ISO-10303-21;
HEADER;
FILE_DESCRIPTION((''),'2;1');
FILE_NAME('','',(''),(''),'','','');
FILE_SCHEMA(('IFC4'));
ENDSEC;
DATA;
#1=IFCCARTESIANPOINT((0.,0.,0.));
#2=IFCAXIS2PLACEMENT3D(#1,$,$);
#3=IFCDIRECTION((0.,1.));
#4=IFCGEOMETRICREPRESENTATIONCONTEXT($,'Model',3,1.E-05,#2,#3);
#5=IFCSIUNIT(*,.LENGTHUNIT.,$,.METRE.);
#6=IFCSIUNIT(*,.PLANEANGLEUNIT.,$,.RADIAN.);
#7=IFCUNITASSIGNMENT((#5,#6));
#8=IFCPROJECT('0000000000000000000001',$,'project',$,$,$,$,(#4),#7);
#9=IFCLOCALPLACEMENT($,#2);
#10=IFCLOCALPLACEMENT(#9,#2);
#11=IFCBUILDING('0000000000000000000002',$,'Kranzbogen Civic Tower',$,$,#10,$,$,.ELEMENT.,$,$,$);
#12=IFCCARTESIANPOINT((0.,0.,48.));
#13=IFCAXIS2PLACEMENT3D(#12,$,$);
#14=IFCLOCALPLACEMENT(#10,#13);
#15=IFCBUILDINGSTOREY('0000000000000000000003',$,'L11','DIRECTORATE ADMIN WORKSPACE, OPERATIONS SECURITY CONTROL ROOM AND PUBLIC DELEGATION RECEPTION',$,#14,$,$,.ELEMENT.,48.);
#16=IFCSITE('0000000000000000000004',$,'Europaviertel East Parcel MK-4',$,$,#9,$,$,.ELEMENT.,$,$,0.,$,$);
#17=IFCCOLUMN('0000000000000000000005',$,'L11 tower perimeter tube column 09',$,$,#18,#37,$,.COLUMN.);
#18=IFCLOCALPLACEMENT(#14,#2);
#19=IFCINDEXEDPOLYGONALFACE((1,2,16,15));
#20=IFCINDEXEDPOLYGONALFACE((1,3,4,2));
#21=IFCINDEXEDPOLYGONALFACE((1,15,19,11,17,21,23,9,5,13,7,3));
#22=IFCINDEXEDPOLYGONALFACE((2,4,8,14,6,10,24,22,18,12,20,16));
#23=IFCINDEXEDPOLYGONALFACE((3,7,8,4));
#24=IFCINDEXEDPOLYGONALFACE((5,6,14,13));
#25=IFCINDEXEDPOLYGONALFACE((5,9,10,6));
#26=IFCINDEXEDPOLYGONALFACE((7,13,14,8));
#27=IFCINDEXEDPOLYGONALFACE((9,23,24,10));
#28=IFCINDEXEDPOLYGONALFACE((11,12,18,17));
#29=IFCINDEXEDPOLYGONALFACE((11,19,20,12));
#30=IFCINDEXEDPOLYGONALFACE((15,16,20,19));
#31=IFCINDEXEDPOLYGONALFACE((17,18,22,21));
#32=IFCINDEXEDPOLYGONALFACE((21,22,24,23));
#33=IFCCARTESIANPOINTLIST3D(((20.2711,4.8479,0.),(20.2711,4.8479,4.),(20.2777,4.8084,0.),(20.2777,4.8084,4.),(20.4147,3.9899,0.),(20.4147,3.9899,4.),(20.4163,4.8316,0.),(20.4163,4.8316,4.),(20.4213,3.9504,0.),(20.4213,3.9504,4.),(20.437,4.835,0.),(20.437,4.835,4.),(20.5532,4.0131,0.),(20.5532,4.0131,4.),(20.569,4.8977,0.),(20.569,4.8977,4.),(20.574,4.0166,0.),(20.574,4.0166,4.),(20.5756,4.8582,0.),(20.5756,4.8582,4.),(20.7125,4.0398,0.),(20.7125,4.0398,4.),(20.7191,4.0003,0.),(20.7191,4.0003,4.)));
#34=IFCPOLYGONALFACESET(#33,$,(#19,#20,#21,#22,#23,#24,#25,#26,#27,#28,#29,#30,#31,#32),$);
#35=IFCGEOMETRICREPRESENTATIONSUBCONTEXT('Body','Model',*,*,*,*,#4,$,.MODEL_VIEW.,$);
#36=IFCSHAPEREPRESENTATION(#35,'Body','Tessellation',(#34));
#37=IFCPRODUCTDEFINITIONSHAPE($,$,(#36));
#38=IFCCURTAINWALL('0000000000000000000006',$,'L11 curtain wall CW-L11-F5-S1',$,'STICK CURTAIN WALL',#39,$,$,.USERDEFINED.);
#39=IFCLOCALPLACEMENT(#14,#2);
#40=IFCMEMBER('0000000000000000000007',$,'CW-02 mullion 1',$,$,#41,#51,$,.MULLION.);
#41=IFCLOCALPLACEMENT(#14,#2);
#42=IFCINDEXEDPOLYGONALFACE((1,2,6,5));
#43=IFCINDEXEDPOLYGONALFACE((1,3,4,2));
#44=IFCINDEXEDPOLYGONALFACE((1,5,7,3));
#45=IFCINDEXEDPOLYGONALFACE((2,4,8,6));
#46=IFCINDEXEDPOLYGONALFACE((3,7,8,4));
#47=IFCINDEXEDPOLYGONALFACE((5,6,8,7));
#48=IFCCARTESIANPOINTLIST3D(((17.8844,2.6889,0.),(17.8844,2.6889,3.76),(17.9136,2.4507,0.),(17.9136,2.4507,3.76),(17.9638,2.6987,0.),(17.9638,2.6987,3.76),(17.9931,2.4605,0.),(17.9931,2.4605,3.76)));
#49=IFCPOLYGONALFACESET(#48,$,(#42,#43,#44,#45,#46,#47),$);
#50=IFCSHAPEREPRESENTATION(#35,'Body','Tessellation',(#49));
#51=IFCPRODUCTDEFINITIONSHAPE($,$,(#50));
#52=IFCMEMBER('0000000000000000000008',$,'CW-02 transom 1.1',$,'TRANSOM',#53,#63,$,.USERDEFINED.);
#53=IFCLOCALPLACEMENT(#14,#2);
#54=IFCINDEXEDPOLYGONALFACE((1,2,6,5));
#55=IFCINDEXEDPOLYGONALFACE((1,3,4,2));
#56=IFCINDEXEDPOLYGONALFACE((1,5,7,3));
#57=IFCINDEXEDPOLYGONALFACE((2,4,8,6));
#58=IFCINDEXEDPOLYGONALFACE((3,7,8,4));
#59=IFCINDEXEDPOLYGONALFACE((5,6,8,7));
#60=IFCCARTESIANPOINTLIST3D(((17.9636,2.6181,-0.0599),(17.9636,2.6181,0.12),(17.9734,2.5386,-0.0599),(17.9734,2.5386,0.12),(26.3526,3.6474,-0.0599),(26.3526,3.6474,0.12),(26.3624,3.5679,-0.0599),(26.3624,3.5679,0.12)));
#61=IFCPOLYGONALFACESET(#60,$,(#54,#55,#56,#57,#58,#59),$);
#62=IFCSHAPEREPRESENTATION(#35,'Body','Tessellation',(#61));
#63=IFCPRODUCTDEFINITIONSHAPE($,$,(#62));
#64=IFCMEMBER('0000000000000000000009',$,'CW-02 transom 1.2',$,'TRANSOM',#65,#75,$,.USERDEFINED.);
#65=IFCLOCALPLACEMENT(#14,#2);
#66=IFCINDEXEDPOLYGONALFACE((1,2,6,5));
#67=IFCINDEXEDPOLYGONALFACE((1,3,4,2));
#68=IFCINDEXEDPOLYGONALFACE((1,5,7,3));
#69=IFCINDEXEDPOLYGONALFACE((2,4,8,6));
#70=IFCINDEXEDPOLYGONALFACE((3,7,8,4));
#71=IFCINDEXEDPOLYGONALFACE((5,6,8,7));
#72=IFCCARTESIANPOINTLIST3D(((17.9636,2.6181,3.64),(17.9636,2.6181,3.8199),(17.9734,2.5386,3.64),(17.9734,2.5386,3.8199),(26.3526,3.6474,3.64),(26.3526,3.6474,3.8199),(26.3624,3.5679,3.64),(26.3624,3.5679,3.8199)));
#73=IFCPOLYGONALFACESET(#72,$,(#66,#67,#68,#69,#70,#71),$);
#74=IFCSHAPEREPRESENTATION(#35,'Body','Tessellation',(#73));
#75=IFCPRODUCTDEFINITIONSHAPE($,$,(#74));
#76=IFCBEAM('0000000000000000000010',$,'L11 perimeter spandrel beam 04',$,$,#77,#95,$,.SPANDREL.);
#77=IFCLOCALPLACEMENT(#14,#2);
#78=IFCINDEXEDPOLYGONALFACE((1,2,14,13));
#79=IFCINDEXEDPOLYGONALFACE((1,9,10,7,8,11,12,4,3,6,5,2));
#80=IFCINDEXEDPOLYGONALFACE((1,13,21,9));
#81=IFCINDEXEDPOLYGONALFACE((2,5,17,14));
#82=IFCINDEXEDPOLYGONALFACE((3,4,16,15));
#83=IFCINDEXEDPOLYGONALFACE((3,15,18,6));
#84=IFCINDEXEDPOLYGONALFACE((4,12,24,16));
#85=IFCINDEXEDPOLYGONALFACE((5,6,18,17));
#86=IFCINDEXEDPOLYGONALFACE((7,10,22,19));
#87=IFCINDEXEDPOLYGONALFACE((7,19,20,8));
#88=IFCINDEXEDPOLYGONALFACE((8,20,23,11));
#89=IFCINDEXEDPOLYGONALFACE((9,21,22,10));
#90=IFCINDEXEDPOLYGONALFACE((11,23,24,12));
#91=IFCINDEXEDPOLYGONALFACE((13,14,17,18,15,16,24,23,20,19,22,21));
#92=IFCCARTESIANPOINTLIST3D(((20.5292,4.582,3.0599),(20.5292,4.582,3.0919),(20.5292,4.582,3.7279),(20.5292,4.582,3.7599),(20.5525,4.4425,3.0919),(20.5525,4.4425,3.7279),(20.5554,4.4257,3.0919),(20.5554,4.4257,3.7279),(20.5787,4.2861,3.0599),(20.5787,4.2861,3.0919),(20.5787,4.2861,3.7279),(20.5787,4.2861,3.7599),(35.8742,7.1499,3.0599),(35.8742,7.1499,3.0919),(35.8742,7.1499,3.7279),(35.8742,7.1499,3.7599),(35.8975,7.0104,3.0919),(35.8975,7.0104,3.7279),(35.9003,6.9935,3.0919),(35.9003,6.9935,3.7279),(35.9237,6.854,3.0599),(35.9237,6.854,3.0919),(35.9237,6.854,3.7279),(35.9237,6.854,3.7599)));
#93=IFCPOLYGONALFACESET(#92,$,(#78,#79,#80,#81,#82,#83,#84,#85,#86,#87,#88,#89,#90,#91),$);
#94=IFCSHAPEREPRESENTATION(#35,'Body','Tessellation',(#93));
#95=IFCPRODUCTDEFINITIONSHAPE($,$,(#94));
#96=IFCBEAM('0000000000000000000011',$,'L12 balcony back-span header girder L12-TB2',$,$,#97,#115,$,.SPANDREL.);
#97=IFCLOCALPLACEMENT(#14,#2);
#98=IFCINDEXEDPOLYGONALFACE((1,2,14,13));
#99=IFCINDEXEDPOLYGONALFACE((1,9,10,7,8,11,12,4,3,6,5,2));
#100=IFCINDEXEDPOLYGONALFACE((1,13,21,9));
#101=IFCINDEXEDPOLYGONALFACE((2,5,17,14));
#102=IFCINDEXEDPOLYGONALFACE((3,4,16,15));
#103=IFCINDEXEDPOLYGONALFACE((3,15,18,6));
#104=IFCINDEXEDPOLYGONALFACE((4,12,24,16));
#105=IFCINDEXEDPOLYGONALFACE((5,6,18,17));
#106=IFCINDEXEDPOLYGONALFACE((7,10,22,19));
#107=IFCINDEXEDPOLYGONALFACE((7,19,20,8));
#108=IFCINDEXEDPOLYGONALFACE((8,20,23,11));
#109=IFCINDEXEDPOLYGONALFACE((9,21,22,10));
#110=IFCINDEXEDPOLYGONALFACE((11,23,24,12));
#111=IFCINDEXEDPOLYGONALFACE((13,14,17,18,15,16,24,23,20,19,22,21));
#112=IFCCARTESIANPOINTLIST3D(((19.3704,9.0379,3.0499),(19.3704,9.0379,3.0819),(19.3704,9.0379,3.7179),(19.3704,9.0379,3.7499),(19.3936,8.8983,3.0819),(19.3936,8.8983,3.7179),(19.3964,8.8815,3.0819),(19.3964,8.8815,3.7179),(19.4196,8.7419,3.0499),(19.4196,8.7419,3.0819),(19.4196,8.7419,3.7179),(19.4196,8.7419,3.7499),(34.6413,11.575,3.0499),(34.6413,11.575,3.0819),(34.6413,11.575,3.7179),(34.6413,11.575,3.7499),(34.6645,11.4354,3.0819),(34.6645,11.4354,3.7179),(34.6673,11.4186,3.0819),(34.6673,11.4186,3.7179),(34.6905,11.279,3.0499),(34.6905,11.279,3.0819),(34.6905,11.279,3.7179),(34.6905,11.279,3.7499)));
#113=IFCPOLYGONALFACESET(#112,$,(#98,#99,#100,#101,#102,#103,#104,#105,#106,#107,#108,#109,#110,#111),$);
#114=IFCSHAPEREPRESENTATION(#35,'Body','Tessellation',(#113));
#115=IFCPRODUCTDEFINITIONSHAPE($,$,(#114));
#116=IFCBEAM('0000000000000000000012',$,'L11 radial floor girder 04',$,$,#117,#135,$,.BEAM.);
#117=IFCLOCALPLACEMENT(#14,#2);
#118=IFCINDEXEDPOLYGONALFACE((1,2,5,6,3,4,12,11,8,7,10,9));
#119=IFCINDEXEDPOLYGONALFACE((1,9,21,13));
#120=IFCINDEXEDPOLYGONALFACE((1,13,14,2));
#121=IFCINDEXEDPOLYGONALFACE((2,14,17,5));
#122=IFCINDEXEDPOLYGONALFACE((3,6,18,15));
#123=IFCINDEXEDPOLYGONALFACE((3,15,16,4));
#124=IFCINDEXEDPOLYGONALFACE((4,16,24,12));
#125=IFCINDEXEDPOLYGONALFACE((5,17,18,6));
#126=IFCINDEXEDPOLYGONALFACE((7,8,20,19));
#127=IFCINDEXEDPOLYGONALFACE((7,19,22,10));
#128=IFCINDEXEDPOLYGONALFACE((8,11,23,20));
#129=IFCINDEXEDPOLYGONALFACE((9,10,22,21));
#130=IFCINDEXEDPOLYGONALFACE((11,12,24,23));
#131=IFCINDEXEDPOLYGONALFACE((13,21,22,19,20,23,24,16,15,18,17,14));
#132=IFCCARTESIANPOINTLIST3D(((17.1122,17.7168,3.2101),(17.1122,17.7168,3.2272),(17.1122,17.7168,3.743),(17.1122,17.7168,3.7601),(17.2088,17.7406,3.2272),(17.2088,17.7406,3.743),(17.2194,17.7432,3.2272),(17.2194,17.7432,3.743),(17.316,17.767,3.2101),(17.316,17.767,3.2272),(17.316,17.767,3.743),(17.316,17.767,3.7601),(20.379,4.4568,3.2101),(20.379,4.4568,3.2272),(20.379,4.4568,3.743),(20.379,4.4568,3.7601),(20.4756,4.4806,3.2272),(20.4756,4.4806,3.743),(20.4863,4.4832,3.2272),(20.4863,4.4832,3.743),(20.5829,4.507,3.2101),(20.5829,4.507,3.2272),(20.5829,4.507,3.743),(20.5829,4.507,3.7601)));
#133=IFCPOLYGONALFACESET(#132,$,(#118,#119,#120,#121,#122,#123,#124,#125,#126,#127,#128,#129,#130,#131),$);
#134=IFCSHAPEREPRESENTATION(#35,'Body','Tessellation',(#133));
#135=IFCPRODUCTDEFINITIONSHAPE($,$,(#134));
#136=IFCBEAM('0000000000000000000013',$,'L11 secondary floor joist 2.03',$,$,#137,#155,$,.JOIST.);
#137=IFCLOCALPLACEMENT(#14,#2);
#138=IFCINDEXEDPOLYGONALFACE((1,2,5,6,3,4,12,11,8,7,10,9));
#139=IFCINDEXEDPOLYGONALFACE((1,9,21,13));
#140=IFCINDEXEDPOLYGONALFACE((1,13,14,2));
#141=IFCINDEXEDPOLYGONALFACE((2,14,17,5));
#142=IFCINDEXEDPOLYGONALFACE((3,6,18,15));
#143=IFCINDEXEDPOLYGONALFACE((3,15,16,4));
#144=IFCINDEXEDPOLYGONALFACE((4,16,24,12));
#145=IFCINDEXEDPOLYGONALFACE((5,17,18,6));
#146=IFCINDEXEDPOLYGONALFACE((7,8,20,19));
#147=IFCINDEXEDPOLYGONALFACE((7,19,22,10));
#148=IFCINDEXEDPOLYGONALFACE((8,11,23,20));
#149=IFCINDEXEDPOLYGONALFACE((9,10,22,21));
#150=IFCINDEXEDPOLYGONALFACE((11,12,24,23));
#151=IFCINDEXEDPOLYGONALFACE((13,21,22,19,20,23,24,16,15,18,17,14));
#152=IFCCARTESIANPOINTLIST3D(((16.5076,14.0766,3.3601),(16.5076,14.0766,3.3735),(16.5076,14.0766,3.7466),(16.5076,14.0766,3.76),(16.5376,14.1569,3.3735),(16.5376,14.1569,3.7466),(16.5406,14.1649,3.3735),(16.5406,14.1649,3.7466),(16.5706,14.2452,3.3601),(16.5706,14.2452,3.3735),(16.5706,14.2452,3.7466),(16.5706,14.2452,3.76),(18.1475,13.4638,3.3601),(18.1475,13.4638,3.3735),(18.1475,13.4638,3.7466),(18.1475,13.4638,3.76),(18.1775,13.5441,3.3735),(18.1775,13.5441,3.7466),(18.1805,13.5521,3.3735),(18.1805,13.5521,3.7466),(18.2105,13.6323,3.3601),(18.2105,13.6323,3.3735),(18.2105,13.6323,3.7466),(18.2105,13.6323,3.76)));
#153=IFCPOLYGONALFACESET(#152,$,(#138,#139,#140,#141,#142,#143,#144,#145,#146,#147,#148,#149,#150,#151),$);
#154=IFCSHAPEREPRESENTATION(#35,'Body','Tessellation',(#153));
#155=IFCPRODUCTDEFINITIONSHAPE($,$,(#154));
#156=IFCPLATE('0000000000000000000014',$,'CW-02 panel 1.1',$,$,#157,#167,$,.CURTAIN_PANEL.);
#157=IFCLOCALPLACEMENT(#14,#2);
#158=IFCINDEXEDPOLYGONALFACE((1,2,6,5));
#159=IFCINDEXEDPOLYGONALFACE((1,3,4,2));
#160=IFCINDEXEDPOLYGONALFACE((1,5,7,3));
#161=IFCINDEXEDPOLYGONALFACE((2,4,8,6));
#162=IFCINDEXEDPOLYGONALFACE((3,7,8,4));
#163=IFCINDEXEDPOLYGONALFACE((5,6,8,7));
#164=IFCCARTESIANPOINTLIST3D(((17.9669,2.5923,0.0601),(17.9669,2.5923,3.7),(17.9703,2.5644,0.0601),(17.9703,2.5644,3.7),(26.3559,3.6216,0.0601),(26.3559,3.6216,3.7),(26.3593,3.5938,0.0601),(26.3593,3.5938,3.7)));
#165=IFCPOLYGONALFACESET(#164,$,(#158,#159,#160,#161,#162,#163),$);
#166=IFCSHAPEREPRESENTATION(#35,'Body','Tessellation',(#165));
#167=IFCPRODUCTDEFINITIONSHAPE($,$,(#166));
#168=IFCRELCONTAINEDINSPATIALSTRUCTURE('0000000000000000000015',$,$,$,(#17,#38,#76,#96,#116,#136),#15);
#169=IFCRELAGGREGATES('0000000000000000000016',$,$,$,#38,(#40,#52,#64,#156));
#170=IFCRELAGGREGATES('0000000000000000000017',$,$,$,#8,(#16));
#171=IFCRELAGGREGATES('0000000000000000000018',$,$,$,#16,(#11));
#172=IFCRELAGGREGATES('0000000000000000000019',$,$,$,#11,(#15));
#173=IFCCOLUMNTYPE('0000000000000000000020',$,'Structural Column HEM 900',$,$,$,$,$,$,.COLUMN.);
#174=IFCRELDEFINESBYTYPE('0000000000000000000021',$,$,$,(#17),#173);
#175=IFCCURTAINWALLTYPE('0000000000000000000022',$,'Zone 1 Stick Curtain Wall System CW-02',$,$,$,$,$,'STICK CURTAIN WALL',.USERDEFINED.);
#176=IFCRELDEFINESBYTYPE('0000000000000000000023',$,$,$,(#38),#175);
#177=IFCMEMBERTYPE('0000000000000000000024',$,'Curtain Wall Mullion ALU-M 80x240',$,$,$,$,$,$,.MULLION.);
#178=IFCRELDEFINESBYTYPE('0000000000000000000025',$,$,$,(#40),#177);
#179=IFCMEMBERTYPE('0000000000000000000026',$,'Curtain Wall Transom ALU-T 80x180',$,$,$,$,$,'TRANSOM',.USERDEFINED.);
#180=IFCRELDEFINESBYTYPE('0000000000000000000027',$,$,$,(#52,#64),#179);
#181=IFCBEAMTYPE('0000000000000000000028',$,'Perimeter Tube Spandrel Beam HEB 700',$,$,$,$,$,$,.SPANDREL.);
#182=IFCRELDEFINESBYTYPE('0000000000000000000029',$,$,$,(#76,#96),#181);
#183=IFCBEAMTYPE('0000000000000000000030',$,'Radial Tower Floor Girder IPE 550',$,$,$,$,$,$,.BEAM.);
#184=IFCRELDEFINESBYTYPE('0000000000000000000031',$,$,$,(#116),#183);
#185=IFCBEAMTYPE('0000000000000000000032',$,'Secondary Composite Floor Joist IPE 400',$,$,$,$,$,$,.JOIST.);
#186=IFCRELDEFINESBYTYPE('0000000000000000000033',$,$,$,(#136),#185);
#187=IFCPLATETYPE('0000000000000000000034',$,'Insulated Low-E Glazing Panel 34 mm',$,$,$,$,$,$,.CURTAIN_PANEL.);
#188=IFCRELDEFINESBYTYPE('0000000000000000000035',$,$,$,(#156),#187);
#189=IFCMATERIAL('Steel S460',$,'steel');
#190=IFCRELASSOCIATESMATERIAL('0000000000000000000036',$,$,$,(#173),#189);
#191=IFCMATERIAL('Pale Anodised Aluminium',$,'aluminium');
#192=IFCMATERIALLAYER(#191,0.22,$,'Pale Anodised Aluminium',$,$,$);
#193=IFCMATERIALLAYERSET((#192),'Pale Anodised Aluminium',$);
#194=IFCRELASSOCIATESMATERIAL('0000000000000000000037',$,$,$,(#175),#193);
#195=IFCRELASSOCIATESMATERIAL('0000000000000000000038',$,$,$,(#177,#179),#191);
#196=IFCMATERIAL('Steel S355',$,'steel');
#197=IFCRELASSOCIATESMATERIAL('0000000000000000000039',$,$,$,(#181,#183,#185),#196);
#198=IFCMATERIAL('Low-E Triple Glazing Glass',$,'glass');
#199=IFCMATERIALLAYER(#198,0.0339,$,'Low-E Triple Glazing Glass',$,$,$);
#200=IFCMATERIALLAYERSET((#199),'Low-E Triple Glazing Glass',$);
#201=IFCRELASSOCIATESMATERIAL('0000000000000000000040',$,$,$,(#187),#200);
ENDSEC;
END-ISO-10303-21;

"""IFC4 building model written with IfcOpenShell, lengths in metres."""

from ifc_helpers import new_model, si_unit, direction, frame, origin, origin_2d, place, context, subcontext, project, spatial, rectangle, i_section, extrude, material, layer, layer_set, material_profile, profile_set, type_object, element, aggregate, save


model = new_model("IFC4")

# Units and contexts
model_context = context("Model", 3, precision=1e-05, world=origin(), true_north=direction((0.0, 1.0)))
body_context = subcontext(model_context, "Body", "Model", "MODEL_VIEW")
ifc_project = project(units=[si_unit("LENGTHUNIT", "METRE"), si_unit("PLANEANGLEUNIT", "RADIAN")], contexts=[model_context])

# Site, building, storey
site_placement = place(None, origin())
site = spatial("IfcSite", under=ifc_project, at=site_placement, Name="Europaviertel East Parcel MK-4", CompositionType="ELEMENT", RefElevation=0.0)
building_placement = place(site_placement, origin())
building = spatial("IfcBuilding", under=site, at=building_placement, Name="Kranzbogen Civic Tower", CompositionType="ELEMENT")
storey_placement = place(building_placement, frame((0.0, 0.0, 48.0)))
storey = spatial("IfcBuildingStorey", under=building, at=storey_placement, Name="L11", Description="DIRECTORATE ADMIN WORKSPACE, OPERATIONS SECURITY CONTROL ROOM AND PUBLIC DELEGATION RECEPTION", CompositionType="ELEMENT", Elevation=48.0)

# Column
ifc_material_1 = material(Name="Steel S460", Category="steel")
ifc_material_profile_1 = material_profile(ifc_material_1, i_section(OverallWidth=0.302, OverallDepth=0.9099, WebThickness=0.021, FlangeThickness=0.04, at=origin_2d()), Name="HEM 900")
ifc_profile_set_1 = profile_set([ifc_material_profile_1], Name="Steel S460")
column_type = type_object("IfcColumnType", Name="Structural Column HEM 900", PredefinedType="COLUMN", material=ifc_profile_set_1)
column_placement = place(storey_placement, frame((20.4951, 4.4241, 0.0), z_axis=(0.0, 0.0, 1.0), x_axis=(0.986286, 0.165048, 0.0)))
element("IfcColumn", 1, at=column_placement, inside=storey, type_object=column_type, Name="L11 tower perimeter tube column 09", PredefinedType="COLUMN", context=body_context, shape_type="SweptSolid", body=[
    extrude(i_section(OverallWidth=0.302, OverallDepth=0.9099, WebThickness=0.021, FlangeThickness=0.04, at=origin_2d()), origin(), (0.0, 0.0, 1.0), 4.0),
])

# Curtain wall, members
ifc_material_2 = material(Name="Pale Anodised Aluminium", Category="aluminium")
ifc_layer_1 = layer(ifc_material_2, 0.22, Name="Pale Anodised Aluminium")
ifc_layer_set_1 = layer_set([ifc_layer_1], Name="Pale Anodised Aluminium")
curtain_wall_type = type_object("IfcCurtainWallType", Name="Zone 1 Stick Curtain Wall System CW-02", ElementType="STICK CURTAIN WALL", PredefinedType="USERDEFINED", material=ifc_layer_set_1)
curtain_wall_placement = place(storey_placement, origin())
curtain_wall = element("IfcCurtainWall", 2, at=curtain_wall_placement, inside=storey, type_object=curtain_wall_type, Name="L11 curtain wall CW-L11-F5-S1", ObjectType="STICK CURTAIN WALL", PredefinedType="USERDEFINED")
ifc_material_profile_2 = material_profile(ifc_material_2, rectangle(XDim=0.0801, YDim=0.24, at=origin_2d()), Name="ALU-M 80x240")
ifc_profile_set_2 = profile_set([ifc_material_profile_2], Name="Pale Anodised Aluminium")
member_type_1 = type_object("IfcMemberType", Name="Curtain Wall Mullion ALU-M 80x240", PredefinedType="MULLION", material=ifc_profile_set_2)
member_1_placement = place(storey_placement, frame((17.9387, 2.5747, 0.0), z_axis=(0.0, 0.0, 1.0), x_axis=(0.992555, 0.121795, 0.0)))
member_1 = element("IfcMember", 3, at=member_1_placement, type_object=member_type_1, Name="CW-02 mullion 1", PredefinedType="MULLION", context=body_context, shape_type="SweptSolid", body=[
    extrude(rectangle(XDim=0.0801, YDim=0.24, at=origin_2d()), origin(), (0.0, 0.0, 1.0), 3.76),
])
ifc_material_profile_3 = material_profile(ifc_material_2, rectangle(XDim=0.0801, YDim=0.1799, at=origin_2d()), Name="ALU-T 80x180")
ifc_profile_set_3 = profile_set([ifc_material_profile_3], Name="Pale Anodised Aluminium")
member_type_2 = type_object("IfcMemberType", Name="Curtain Wall Transom ALU-T 80x180", ElementType="TRANSOM", PredefinedType="USERDEFINED", material=ifc_profile_set_3)
member_2_placement = place(storey_placement, frame((17.9685, 2.5784, 0.03), z_axis=(0.992557, 0.121784, 0.0), x_axis=(-0.121784, 0.992557, 0.0)))
member_2 = element("IfcMember", 4, at=member_2_placement, type_object=member_type_2, Name="CW-02 transom 1.1", ObjectType="TRANSOM", PredefinedType="USERDEFINED", context=body_context, shape_type="SweptSolid", body=[
    extrude(rectangle(XDim=0.0801, YDim=0.1799, at=origin_2d()), origin(), (0.0, 0.0, 1.0), 8.4519),
])
member_3_placement = place(storey_placement, frame((17.9685, 2.5784, 3.73), z_axis=(0.992557, 0.121784, 0.0), x_axis=(-0.121784, 0.992557, 0.0)))
member_3 = element("IfcMember", 5, at=member_3_placement, type_object=member_type_2, Name="CW-02 transom 1.2", ObjectType="TRANSOM", PredefinedType="USERDEFINED", context=body_context, shape_type="SweptSolid", body=[
    extrude(rectangle(XDim=0.0801, YDim=0.1799, at=origin_2d()), origin(), (0.0, 0.0, 1.0), 8.4519),
])

# Beams
ifc_material_3 = material(Name="Steel S355", Category="steel")
ifc_material_profile_4 = material_profile(ifc_material_3, i_section(OverallWidth=0.3, OverallDepth=0.7, WebThickness=0.0171, FlangeThickness=0.032, at=origin_2d()), Name="HEB 700")
ifc_profile_set_4 = profile_set([ifc_material_profile_4], Name="Steel S355")
beam_type_1 = type_object("IfcBeamType", Name="Perimeter Tube Spandrel Beam HEB 700", PredefinedType="SPANDREL", material=ifc_profile_set_4)
beam_1_placement = place(storey_placement, frame((20.554, 4.4341, 3.4099), z_axis=(0.986286, 0.165048, 0.0), x_axis=(-0.165048, 0.986286, 0.0)))
element("IfcBeam", 6, at=beam_1_placement, inside=storey, type_object=beam_type_1, Name="L11 perimeter spandrel beam 04", PredefinedType="SPANDREL", context=body_context, shape_type="SweptSolid", body=[
    extrude(i_section(OverallWidth=0.3, OverallDepth=0.7, WebThickness=0.0171, FlangeThickness=0.032, at=origin_2d()), origin(), (0.0, 0.0, 1.0), 15.5583),
])
beam_2_placement = place(storey_placement, frame((19.395, 8.8899, 3.3999), z_axis=(0.986478, 0.163893, 0.0), x_axis=(-0.163893, 0.986478, 0.0)))
element("IfcBeam", 7, at=beam_2_placement, inside=storey, type_object=beam_type_1, Name="L12 balcony back-span header girder L12-TB2", PredefinedType="SPANDREL", context=body_context, shape_type="SweptSolid", body=[
    extrude(i_section(OverallWidth=0.3, OverallDepth=0.7, WebThickness=0.0171, FlangeThickness=0.032, at=origin_2d()), origin(), (0.0, 0.0, 1.0), 15.4802),
])
ifc_material_profile_5 = material_profile(ifc_material_3, i_section(OverallWidth=0.21, OverallDepth=0.55, WebThickness=0.011, FlangeThickness=0.0171, at=origin_2d()), Name="IPE 550")
ifc_profile_set_5 = profile_set([ifc_material_profile_5], Name="Steel S355")
beam_type_2 = type_object("IfcBeamType", Name="Radial Tower Floor Girder IPE 550", PredefinedType="BEAM", material=ifc_profile_set_5)
beam_3_placement = place(storey_placement, frame((20.481, 4.4819, 3.4851), z_axis=(-0.239215, 0.970967, 0.0), x_axis=(-0.970967, -0.239215, 0.0)))
element("IfcBeam", 8, at=beam_3_placement, inside=storey, type_object=beam_type_2, Name="L11 radial floor girder 04", PredefinedType="BEAM", context=body_context, shape_type="SweptSolid", body=[
    extrude(i_section(OverallWidth=0.21, OverallDepth=0.55, WebThickness=0.011, FlangeThickness=0.0171, at=origin_2d()), origin(), (0.0, 0.0, 1.0), 13.6565),
])
ifc_material_profile_6 = material_profile(ifc_material_3, i_section(OverallWidth=0.1799, OverallDepth=0.3999, WebThickness=0.0085, FlangeThickness=0.0134, at=origin_2d()), Name="IPE 400")
ifc_profile_set_6 = profile_set([ifc_material_profile_6], Name="Steel S355")
beam_type_3 = type_object("IfcBeamType", Name="Secondary Composite Floor Joist IPE 400", PredefinedType="JOIST", material=ifc_profile_set_6)
beam_4_placement = place(storey_placement, frame((16.5391, 14.1609, 3.5601), z_axis=(0.936735, -0.350038, 0.0), x_axis=(0.350038, 0.936735, 0.0)))
element("IfcBeam", 9, at=beam_4_placement, inside=storey, type_object=beam_type_3, Name="L11 secondary floor joist 2.03", PredefinedType="JOIST", context=body_context, shape_type="SweptSolid", body=[
    extrude(i_section(OverallWidth=0.1799, OverallDepth=0.3999, WebThickness=0.0085, FlangeThickness=0.0134, at=origin_2d()), origin(), (0.0, 0.0, 1.0), 1.7507),
])

# Plate
ifc_material_4 = material(Name="Low-E Triple Glazing Glass", Category="glass")
ifc_layer_2 = layer(ifc_material_4, 0.0339, Name="Low-E Triple Glazing Glass")
ifc_layer_set_2 = layer_set([ifc_layer_2], Name="Low-E Triple Glazing Glass")
plate_type = type_object("IfcPlateType", Name="Insulated Low-E Glazing Panel 34 mm", PredefinedType="CURTAIN_PANEL", material=ifc_layer_set_2)
plate_placement = place(storey_placement, frame((22.1631, 3.093, 0.0601), z_axis=(0.0, 0.0, 1.0), x_axis=(0.992555, 0.121795, 0.0)))
plate = element("IfcPlate", 10, at=plate_placement, type_object=plate_type, Name="CW-02 panel 1.1", PredefinedType="CURTAIN_PANEL", context=body_context, shape_type="SweptSolid", body=[
    extrude(rectangle(XDim=8.4519, YDim=0.0281, at=origin_2d()), origin(), (0.0, 0.0, 1.0), 3.6399),
])
aggregate(curtain_wall, [member_1, member_2, member_3, plate])

save(model, "model.ifc")
